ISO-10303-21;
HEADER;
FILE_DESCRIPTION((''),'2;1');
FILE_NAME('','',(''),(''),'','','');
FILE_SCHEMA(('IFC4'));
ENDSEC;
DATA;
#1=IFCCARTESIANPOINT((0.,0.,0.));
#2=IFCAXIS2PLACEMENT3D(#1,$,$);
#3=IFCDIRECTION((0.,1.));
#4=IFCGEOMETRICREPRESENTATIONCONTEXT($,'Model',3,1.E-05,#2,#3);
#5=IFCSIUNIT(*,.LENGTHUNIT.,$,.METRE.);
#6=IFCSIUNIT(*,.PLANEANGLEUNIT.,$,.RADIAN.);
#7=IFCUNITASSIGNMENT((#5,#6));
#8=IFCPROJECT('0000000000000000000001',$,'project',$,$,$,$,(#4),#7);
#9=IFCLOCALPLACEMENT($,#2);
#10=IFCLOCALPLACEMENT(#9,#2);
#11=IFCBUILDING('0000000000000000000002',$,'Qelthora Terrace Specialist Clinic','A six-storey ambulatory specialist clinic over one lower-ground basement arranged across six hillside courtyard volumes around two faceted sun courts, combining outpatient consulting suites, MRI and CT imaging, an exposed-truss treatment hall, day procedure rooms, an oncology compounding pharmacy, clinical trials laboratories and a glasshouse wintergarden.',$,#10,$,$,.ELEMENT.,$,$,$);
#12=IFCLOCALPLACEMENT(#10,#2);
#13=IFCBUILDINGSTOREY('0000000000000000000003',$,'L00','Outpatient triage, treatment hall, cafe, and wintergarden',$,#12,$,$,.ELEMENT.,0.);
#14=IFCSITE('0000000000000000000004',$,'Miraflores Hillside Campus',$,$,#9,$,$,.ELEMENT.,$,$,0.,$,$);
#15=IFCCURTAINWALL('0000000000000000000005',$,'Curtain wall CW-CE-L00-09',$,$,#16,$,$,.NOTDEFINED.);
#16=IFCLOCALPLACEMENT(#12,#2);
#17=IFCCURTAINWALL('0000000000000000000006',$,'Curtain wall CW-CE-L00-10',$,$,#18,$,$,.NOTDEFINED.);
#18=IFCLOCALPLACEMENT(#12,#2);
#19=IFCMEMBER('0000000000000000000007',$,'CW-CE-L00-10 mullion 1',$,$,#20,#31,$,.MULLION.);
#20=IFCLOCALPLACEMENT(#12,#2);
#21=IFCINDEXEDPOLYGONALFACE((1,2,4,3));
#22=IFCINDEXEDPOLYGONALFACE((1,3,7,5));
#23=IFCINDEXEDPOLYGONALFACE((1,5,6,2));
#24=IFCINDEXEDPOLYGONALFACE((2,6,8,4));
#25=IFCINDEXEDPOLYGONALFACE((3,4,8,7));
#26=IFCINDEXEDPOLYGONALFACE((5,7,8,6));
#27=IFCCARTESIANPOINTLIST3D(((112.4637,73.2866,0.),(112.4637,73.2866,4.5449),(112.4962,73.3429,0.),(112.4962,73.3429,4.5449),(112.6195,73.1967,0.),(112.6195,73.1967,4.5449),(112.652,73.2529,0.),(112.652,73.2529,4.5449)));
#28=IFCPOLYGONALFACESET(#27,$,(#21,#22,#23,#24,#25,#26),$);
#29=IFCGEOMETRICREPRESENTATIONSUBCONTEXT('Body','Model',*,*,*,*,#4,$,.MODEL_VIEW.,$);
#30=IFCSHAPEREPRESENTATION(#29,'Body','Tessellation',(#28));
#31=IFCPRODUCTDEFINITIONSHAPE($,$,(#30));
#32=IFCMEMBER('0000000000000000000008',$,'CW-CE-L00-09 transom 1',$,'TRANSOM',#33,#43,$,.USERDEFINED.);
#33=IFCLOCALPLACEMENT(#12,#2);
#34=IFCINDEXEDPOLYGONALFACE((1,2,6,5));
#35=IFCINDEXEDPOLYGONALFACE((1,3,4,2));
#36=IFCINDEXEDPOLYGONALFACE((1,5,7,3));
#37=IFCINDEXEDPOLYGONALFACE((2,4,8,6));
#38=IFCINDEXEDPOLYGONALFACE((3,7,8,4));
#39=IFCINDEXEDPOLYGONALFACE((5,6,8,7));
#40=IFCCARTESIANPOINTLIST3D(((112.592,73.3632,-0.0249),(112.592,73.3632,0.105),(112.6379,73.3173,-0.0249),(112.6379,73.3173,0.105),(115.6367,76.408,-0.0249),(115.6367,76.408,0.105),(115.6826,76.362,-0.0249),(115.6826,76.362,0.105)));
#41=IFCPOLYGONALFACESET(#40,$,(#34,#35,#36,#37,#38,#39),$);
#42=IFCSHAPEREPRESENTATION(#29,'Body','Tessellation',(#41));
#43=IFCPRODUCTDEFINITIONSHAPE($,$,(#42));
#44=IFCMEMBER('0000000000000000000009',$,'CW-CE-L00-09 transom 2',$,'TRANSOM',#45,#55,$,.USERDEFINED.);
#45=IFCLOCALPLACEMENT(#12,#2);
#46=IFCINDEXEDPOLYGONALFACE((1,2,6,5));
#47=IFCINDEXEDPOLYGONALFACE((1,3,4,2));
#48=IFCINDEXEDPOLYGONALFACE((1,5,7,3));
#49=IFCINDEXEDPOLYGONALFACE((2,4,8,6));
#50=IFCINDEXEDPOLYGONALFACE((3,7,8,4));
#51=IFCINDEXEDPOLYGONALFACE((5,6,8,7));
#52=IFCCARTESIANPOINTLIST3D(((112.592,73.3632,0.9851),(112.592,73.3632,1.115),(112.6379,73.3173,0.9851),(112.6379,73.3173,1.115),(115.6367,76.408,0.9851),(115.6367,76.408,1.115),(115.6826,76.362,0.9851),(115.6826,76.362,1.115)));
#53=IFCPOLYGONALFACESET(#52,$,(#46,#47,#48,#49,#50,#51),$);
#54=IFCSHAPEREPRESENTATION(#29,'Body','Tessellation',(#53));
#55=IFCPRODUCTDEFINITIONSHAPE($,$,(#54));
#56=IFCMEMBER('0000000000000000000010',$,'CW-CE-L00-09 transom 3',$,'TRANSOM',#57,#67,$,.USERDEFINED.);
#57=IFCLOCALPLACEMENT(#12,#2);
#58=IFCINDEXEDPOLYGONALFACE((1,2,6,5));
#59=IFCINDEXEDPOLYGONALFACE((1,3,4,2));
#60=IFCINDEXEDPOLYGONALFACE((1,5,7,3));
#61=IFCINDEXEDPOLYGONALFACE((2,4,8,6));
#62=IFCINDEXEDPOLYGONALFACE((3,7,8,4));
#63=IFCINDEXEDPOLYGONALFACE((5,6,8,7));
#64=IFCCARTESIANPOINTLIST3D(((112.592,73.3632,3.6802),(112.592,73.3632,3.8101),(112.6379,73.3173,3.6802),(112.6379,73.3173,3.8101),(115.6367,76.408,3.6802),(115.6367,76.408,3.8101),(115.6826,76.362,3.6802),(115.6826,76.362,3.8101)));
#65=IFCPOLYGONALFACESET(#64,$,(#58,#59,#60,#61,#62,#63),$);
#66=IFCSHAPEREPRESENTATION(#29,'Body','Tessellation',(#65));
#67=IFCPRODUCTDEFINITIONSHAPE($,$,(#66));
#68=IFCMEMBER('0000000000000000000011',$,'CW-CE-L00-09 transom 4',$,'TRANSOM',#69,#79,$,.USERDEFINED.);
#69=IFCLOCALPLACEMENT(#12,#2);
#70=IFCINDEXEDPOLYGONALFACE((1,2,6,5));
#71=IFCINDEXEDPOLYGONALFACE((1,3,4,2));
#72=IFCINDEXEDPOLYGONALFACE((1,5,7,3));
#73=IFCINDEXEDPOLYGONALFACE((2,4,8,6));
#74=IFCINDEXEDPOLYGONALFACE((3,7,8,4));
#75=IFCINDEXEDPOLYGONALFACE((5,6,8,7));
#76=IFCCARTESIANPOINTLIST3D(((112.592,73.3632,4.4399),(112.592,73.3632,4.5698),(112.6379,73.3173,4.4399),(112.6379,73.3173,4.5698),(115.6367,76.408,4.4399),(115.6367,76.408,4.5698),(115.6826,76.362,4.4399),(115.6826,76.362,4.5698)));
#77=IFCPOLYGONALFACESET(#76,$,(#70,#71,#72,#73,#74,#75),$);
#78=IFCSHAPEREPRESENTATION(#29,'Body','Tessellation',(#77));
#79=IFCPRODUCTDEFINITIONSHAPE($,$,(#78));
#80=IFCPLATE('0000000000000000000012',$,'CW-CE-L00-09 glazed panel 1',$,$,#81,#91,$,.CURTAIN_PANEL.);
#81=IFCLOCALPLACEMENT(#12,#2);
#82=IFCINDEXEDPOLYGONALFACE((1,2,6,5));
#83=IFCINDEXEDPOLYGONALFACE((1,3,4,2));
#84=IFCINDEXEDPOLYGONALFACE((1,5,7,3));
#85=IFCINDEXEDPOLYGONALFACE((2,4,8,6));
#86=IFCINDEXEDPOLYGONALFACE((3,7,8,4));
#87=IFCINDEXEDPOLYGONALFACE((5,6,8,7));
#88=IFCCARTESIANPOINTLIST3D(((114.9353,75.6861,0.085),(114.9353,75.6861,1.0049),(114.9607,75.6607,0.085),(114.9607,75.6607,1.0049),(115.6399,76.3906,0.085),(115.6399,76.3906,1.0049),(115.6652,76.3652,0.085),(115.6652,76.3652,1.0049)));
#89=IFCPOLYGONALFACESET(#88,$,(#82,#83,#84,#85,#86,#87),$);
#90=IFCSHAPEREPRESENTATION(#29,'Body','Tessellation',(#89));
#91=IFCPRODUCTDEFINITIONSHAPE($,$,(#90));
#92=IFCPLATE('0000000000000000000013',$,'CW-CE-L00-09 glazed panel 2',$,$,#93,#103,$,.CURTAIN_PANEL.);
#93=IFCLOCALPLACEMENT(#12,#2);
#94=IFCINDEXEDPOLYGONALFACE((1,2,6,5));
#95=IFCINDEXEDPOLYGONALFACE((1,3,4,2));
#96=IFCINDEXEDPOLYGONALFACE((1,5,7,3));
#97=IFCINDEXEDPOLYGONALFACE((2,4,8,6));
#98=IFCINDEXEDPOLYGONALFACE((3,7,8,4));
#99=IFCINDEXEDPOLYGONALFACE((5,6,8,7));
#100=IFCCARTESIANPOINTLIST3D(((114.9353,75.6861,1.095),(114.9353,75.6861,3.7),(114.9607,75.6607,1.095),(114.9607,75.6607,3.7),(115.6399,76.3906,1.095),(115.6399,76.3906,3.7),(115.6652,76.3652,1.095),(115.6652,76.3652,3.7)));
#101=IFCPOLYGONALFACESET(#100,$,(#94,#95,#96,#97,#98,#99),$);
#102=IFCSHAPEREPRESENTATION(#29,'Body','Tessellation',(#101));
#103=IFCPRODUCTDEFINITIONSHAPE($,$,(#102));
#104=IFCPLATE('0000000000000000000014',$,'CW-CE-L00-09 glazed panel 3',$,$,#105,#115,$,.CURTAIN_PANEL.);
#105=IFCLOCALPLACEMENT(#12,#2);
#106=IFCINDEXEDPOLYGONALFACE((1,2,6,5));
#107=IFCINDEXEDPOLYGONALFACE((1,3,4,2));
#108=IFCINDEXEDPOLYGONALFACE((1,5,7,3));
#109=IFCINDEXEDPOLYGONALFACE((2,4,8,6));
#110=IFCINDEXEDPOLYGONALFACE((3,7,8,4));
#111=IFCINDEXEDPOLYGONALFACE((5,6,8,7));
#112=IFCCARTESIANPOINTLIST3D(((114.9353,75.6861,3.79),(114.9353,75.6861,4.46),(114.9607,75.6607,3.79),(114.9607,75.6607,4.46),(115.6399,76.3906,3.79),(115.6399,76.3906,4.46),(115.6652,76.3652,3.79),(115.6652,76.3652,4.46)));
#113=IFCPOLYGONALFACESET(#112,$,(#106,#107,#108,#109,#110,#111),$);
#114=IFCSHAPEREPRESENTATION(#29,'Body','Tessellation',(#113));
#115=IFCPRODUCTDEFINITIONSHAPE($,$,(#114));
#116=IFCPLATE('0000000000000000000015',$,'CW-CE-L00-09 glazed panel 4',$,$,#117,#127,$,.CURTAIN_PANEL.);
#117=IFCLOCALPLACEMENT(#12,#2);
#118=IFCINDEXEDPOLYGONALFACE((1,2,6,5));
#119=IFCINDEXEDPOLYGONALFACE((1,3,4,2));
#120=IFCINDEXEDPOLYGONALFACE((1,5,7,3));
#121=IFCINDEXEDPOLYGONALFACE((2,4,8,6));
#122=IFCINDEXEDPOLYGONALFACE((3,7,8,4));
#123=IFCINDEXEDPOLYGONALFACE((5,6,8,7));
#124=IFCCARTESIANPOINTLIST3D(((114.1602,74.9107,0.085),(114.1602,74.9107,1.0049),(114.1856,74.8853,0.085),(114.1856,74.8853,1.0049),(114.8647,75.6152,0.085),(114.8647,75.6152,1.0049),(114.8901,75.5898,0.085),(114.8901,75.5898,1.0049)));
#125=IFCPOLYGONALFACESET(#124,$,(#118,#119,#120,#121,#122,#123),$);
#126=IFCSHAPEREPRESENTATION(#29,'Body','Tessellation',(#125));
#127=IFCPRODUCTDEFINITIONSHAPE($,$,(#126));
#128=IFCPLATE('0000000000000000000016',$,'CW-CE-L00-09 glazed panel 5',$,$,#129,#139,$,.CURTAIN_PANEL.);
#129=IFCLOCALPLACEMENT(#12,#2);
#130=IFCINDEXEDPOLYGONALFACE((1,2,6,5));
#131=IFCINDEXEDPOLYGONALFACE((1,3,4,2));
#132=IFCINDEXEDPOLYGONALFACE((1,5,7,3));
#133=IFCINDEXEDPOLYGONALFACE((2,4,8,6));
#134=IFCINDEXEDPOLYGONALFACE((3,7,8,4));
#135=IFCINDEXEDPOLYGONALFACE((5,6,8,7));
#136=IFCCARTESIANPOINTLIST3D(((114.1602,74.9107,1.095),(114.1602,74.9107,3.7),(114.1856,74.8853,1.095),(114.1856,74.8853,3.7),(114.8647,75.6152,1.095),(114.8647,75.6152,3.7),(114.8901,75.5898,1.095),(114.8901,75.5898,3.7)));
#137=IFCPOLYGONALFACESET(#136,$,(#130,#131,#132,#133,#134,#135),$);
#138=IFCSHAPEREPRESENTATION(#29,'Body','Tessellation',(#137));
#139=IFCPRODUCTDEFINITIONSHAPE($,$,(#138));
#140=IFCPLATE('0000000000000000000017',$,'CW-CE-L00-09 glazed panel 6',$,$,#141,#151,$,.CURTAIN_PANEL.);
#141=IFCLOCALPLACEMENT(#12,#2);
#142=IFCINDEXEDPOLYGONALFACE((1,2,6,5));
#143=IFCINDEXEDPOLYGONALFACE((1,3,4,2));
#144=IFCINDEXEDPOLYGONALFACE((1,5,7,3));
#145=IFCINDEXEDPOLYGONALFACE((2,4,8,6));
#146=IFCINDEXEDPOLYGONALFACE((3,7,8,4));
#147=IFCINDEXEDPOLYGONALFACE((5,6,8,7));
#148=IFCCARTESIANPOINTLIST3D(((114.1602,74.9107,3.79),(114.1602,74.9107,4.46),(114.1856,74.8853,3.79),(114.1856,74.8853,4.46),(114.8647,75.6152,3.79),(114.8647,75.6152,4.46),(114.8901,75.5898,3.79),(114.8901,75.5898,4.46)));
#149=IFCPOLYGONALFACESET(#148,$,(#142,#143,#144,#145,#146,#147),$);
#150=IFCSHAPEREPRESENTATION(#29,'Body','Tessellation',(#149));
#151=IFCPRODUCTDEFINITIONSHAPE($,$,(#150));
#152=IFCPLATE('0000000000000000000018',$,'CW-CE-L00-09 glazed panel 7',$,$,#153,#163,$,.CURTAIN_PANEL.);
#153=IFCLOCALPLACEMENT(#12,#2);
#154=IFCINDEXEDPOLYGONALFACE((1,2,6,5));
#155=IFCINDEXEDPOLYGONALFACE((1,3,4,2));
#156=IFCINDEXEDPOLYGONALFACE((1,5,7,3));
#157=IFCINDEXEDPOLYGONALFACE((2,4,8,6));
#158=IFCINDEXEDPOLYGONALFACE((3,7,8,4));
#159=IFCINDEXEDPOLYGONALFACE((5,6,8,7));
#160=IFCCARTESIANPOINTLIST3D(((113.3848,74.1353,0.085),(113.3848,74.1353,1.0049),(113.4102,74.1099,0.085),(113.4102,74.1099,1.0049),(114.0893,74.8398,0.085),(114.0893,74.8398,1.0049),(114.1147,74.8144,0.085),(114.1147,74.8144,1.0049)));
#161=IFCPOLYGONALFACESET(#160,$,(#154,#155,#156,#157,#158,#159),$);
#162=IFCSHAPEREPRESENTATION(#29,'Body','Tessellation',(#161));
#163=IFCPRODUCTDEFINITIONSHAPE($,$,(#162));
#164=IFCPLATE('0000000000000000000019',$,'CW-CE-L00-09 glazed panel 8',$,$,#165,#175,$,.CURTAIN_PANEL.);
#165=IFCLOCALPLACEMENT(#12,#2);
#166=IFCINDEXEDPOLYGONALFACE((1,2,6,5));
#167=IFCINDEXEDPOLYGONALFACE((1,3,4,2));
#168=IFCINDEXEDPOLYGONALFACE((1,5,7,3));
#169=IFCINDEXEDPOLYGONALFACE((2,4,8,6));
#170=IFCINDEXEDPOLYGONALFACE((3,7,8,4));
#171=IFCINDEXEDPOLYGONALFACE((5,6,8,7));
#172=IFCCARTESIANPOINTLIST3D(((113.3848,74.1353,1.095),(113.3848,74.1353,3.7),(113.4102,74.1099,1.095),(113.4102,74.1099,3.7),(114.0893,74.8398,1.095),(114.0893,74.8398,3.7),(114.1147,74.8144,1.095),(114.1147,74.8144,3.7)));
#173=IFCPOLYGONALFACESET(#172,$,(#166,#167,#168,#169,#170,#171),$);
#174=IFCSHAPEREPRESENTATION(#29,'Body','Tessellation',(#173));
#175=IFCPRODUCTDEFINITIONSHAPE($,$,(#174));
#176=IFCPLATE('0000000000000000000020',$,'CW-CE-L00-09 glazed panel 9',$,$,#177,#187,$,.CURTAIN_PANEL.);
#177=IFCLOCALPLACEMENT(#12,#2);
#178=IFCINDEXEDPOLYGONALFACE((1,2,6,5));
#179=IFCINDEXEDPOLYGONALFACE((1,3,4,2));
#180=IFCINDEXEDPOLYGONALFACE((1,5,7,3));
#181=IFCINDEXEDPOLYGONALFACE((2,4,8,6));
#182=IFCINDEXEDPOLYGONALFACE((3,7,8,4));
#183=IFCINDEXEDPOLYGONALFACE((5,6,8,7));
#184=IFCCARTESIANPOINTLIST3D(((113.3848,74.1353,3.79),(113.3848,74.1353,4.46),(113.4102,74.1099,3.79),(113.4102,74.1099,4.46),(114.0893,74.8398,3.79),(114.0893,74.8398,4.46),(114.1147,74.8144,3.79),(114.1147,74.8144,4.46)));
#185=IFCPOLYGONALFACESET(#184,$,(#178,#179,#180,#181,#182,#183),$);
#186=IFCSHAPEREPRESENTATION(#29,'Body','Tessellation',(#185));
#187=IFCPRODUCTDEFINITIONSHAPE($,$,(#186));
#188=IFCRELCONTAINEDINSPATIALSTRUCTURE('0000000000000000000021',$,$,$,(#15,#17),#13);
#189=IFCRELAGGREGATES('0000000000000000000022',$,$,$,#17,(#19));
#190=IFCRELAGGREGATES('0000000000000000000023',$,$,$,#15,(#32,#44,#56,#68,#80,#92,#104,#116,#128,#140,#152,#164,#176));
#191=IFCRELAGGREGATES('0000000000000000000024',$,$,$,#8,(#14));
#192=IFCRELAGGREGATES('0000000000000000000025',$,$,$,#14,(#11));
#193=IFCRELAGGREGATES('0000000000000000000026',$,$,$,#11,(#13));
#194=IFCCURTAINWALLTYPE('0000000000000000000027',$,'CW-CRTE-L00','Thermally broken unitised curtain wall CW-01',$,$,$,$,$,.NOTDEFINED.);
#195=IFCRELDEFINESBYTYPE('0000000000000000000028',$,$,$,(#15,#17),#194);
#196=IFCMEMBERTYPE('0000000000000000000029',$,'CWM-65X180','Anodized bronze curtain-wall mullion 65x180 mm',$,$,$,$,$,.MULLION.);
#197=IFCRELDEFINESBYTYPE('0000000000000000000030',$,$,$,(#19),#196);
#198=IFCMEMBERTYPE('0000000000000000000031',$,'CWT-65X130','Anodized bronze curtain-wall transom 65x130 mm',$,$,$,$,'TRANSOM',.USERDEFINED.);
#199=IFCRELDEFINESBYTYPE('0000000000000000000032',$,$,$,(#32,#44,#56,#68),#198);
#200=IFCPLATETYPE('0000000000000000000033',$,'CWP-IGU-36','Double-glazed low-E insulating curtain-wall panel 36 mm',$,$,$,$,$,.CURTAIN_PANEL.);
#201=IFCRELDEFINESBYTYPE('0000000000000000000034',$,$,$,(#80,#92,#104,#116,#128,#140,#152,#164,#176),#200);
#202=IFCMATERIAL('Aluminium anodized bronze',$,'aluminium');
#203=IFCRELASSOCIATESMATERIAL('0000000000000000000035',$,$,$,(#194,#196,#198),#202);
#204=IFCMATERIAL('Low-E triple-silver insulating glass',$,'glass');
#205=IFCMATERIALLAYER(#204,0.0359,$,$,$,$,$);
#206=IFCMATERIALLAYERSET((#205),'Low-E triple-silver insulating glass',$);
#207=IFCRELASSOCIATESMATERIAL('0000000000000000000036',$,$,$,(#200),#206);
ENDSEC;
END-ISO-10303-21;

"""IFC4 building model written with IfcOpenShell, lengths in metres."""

from ifc_helpers import new_model, si_unit, direction, frame, origin, origin_2d, place, context, subcontext, project, spatial, rectangle, extrude, material, layer, layer_set, material_profile, profile_set, type_object, element, aggregate, save


model = new_model("IFC4")

# Units and contexts
model_context = context("Model", 3, precision=1e-05, world=origin(), true_north=direction((0.0, 1.0)))
body_context = subcontext(model_context, "Body", "Model", "MODEL_VIEW")
ifc_project = project(units=[si_unit("LENGTHUNIT", "METRE"), si_unit("PLANEANGLEUNIT", "RADIAN")], contexts=[model_context])

# Site, building, storey
site_placement = place(None, origin())
site = spatial("IfcSite", under=ifc_project, at=site_placement, Name="Miraflores Hillside Campus", CompositionType="ELEMENT", RefElevation=0.0)
building_placement = place(site_placement, origin())
building = spatial("IfcBuilding", under=site, at=building_placement, Name="Qelthora Terrace Specialist Clinic", Description="A six-storey ambulatory specialist clinic over one lower-ground basement arranged across six hillside courtyard volumes around two faceted sun courts, combining outpatient consulting suites, MRI and CT imaging, an exposed-truss treatment hall, day procedure rooms, an oncology compounding pharmacy, clinical trials laboratories and a glasshouse wintergarden.", CompositionType="ELEMENT")
storey_placement = place(building_placement, origin())
storey = spatial("IfcBuildingStorey", under=building, at=storey_placement, Name="L00", Description="Outpatient triage, treatment hall, cafe, and wintergarden", CompositionType="ELEMENT", Elevation=0.0)

# Shared definitions
ifc_material_1 = material(Name="Aluminium anodized bronze", Category="aluminium")
curtain_wall_type = type_object("IfcCurtainWallType", Name="CW-CRTE-L00", Description="Thermally broken unitised curtain wall CW-01", PredefinedType="NOTDEFINED", material=ifc_material_1)
ifc_material_profile_1 = material_profile(ifc_material_1, rectangle(XDim=0.0649, YDim=0.1799, at=origin_2d()), Name="CWM65X180")
ifc_profile_set_1 = profile_set([ifc_material_profile_1], Name="Aluminium anodized bronze")
member_type_1 = type_object("IfcMemberType", Name="CWM-65X180", Description="Anodized bronze curtain-wall mullion 65x180 mm", PredefinedType="MULLION", material=ifc_profile_set_1)

# Curtain wall
curtain_wall_1_placement = place(storey_placement, origin())
curtain_wall_1 = element("IfcCurtainWall", 1, at=curtain_wall_1_placement, inside=storey, type_object=curtain_wall_type, Name="Curtain wall CW-CE-L00-09", PredefinedType="NOTDEFINED")

# Curtain wall, member
curtain_wall_2_placement = place(storey_placement, origin())
curtain_wall_2 = element("IfcCurtainWall", 2, at=curtain_wall_2_placement, inside=storey, type_object=curtain_wall_type, Name="Curtain wall CW-CE-L00-10", PredefinedType="NOTDEFINED")
member_1_placement = place(storey_placement, frame((112.5579, 73.2698, 0.0), z_axis=(0.0, 0.0, 1.0), x_axis=(-0.5, -0.866025, 0.0)))
member_1 = element("IfcMember", 3, at=member_1_placement, type_object=member_type_1, Name="CW-CE-L00-10 mullion 1", PredefinedType="MULLION", context=body_context, shape_type="SweptSolid", body=[
    extrude(rectangle(XDim=0.0649, YDim=0.1799, at=origin_2d()), origin(), (0.0, 0.0, 1.0), 4.5449),
])
aggregate(curtain_wall_2, [member_1])

# Members
ifc_material_profile_2 = material_profile(ifc_material_1, rectangle(XDim=0.0649, YDim=0.1299, at=origin_2d()), Name="CWT65X130")
ifc_profile_set_2 = profile_set([ifc_material_profile_2], Name="Aluminium anodized bronze")
member_type_2 = type_object("IfcMemberType", Name="CWT-65X130", Description="Anodized bronze curtain-wall transom 65x130 mm", ElementType="TRANSOM", PredefinedType="USERDEFINED", material=ifc_profile_set_2)
member_2_placement = place(storey_placement, frame((115.6597, 76.385, 0.04), z_axis=(-0.707107, -0.707107, 0.0), x_axis=(0.707107, -0.707107, 0.0)))
member_2 = element("IfcMember", 4, at=member_2_placement, type_object=member_type_2, Name="CW-CE-L00-09 transom 1", ObjectType="TRANSOM", PredefinedType="USERDEFINED", context=body_context, shape_type="SweptSolid", body=[
    extrude(rectangle(XDim=0.0649, YDim=0.1299, at=origin_2d()), origin(), (0.0, 0.0, 1.0), 4.3059),
])
member_3_placement = place(storey_placement, frame((115.6597, 76.385, 1.05), z_axis=(-0.707107, -0.707107, 0.0), x_axis=(0.707107, -0.707107, 0.0)))
member_3 = element("IfcMember", 5, at=member_3_placement, type_object=member_type_2, Name="CW-CE-L00-09 transom 2", ObjectType="TRANSOM", PredefinedType="USERDEFINED", context=body_context, shape_type="SweptSolid", body=[
    extrude(rectangle(XDim=0.0649, YDim=0.1299, at=origin_2d()), origin(), (0.0, 0.0, 1.0), 4.3059),
])
member_4_placement = place(storey_placement, frame((115.6597, 76.385, 3.7451), z_axis=(-0.707107, -0.707107, 0.0), x_axis=(0.707107, -0.707107, 0.0)))
member_4 = element("IfcMember", 6, at=member_4_placement, type_object=member_type_2, Name="CW-CE-L00-09 transom 3", ObjectType="TRANSOM", PredefinedType="USERDEFINED", context=body_context, shape_type="SweptSolid", body=[
    extrude(rectangle(XDim=0.0649, YDim=0.1299, at=origin_2d()), origin(), (0.0, 0.0, 1.0), 4.3059),
])
member_5_placement = place(storey_placement, frame((115.6597, 76.385, 4.5049), z_axis=(-0.707107, -0.707107, 0.0), x_axis=(0.707107, -0.707107, 0.0)))
member_5 = element("IfcMember", 7, at=member_5_placement, type_object=member_type_2, Name="CW-CE-L00-09 transom 4", ObjectType="TRANSOM", PredefinedType="USERDEFINED", context=body_context, shape_type="SweptSolid", body=[
    extrude(rectangle(XDim=0.0649, YDim=0.1299, at=origin_2d()), origin(), (0.0, 0.0, 1.0), 4.3059),
])

# Plates
ifc_material_2 = material(Name="Low-E triple-silver insulating glass", Category="glass")
ifc_layer_1 = layer(ifc_material_2, 0.0359)
ifc_layer_set_1 = layer_set([ifc_layer_1], Name="Low-E triple-silver insulating glass")
plate_type_1 = type_object("IfcPlateType", Name="CWP-IGU-36", Description="Double-glazed low-E insulating curtain-wall panel 36 mm", PredefinedType="CURTAIN_PANEL", material=ifc_layer_set_1)
plate_1_placement = place(storey_placement, frame((115.3003, 76.0256, 0.085), z_axis=(0.0, 0.0, 1.0), x_axis=(-0.707107, -0.707107, 0.0)))
plate_1 = element("IfcPlate", 8, at=plate_1_placement, type_object=plate_type_1, Name="CW-CE-L00-09 glazed panel 1", PredefinedType="CURTAIN_PANEL", context=body_context, shape_type="SweptSolid", body=[
    extrude(rectangle(XDim=0.9963, YDim=0.0359, at=origin_2d()), origin(), (0.0, 0.0, 1.0), 0.9199),
])
plate_2_placement = place(storey_placement, frame((115.3003, 76.0256, 1.095), z_axis=(0.0, 0.0, 1.0), x_axis=(-0.707107, -0.707107, 0.0)))
plate_2 = element("IfcPlate", 9, at=plate_2_placement, type_object=plate_type_1, Name="CW-CE-L00-09 glazed panel 2", PredefinedType="CURTAIN_PANEL", context=body_context, shape_type="SweptSolid", body=[
    extrude(rectangle(XDim=0.9963, YDim=0.0359, at=origin_2d()), origin(), (0.0, 0.0, 1.0), 2.605),
])
plate_3_placement = place(storey_placement, frame((115.3003, 76.0256, 3.79), z_axis=(0.0, 0.0, 1.0), x_axis=(-0.707107, -0.707107, 0.0)))
plate_3 = element("IfcPlate", 10, at=plate_3_placement, type_object=plate_type_1, Name="CW-CE-L00-09 glazed panel 3", PredefinedType="CURTAIN_PANEL", context=body_context, shape_type="SweptSolid", body=[
    extrude(rectangle(XDim=0.9963, YDim=0.0359, at=origin_2d()), origin(), (0.0, 0.0, 1.0), 0.6699),
])
plate_4_placement = place(storey_placement, frame((114.5251, 75.2502, 0.085), z_axis=(0.0, 0.0, 1.0), x_axis=(-0.707107, -0.707107, 0.0)))
plate_4 = element("IfcPlate", 11, at=plate_4_placement, type_object=plate_type_1, Name="CW-CE-L00-09 glazed panel 4", PredefinedType="CURTAIN_PANEL", context=body_context, shape_type="SweptSolid", body=[
    extrude(rectangle(XDim=0.9963, YDim=0.0359, at=origin_2d()), origin(), (0.0, 0.0, 1.0), 0.9199),
])
plate_5_placement = place(storey_placement, frame((114.5251, 75.2502, 1.095), z_axis=(0.0, 0.0, 1.0), x_axis=(-0.707107, -0.707107, 0.0)))
plate_5 = element("IfcPlate", 12, at=plate_5_placement, type_object=plate_type_1, Name="CW-CE-L00-09 glazed panel 5", PredefinedType="CURTAIN_PANEL", context=body_context, shape_type="SweptSolid", body=[
    extrude(rectangle(XDim=0.9963, YDim=0.0359, at=origin_2d()), origin(), (0.0, 0.0, 1.0), 2.605),
])
plate_6_placement = place(storey_placement, frame((114.5251, 75.2502, 3.79), z_axis=(0.0, 0.0, 1.0), x_axis=(-0.707107, -0.707107, 0.0)))
plate_6 = element("IfcPlate", 13, at=plate_6_placement, type_object=plate_type_1, Name="CW-CE-L00-09 glazed panel 6", PredefinedType="CURTAIN_PANEL", context=body_context, shape_type="SweptSolid", body=[
    extrude(rectangle(XDim=0.9963, YDim=0.0359, at=origin_2d()), origin(), (0.0, 0.0, 1.0), 0.6699),
])
plate_7_placement = place(storey_placement, frame((113.7498, 74.4749, 0.085), z_axis=(0.0, 0.0, 1.0), x_axis=(-0.707107, -0.707107, 0.0)))
plate_7 = element("IfcPlate", 14, at=plate_7_placement, type_object=plate_type_1, Name="CW-CE-L00-09 glazed panel 7", PredefinedType="CURTAIN_PANEL", context=body_context, shape_type="SweptSolid", body=[
    extrude(rectangle(XDim=0.9963, YDim=0.0359, at=origin_2d()), origin(), (0.0, 0.0, 1.0), 0.9199),
])
plate_8_placement = place(storey_placement, frame((113.7498, 74.4749, 1.095), z_axis=(0.0, 0.0, 1.0), x_axis=(-0.707107, -0.707107, 0.0)))
plate_8 = element("IfcPlate", 15, at=plate_8_placement, type_object=plate_type_1, Name="CW-CE-L00-09 glazed panel 8", PredefinedType="CURTAIN_PANEL", context=body_context, shape_type="SweptSolid", body=[
    extrude(rectangle(XDim=0.9963, YDim=0.0359, at=origin_2d()), origin(), (0.0, 0.0, 1.0), 2.605),
])
plate_9_placement = place(storey_placement, frame((113.7498, 74.4749, 3.79), z_axis=(0.0, 0.0, 1.0), x_axis=(-0.707107, -0.707107, 0.0)))
plate_9 = element("IfcPlate", 16, at=plate_9_placement, type_object=plate_type_1, Name="CW-CE-L00-09 glazed panel 9", PredefinedType="CURTAIN_PANEL", context=body_context, shape_type="SweptSolid", body=[
    extrude(rectangle(XDim=0.9963, YDim=0.0359, at=origin_2d()), origin(), (0.0, 0.0, 1.0), 0.6699),
])
aggregate(curtain_wall_1, [member_2, member_3, member_4, member_5, plate_1, plate_2, plate_3, plate_4, plate_5, plate_6, plate_7, plate_8, plate_9])

save(model, "model.ifc")
